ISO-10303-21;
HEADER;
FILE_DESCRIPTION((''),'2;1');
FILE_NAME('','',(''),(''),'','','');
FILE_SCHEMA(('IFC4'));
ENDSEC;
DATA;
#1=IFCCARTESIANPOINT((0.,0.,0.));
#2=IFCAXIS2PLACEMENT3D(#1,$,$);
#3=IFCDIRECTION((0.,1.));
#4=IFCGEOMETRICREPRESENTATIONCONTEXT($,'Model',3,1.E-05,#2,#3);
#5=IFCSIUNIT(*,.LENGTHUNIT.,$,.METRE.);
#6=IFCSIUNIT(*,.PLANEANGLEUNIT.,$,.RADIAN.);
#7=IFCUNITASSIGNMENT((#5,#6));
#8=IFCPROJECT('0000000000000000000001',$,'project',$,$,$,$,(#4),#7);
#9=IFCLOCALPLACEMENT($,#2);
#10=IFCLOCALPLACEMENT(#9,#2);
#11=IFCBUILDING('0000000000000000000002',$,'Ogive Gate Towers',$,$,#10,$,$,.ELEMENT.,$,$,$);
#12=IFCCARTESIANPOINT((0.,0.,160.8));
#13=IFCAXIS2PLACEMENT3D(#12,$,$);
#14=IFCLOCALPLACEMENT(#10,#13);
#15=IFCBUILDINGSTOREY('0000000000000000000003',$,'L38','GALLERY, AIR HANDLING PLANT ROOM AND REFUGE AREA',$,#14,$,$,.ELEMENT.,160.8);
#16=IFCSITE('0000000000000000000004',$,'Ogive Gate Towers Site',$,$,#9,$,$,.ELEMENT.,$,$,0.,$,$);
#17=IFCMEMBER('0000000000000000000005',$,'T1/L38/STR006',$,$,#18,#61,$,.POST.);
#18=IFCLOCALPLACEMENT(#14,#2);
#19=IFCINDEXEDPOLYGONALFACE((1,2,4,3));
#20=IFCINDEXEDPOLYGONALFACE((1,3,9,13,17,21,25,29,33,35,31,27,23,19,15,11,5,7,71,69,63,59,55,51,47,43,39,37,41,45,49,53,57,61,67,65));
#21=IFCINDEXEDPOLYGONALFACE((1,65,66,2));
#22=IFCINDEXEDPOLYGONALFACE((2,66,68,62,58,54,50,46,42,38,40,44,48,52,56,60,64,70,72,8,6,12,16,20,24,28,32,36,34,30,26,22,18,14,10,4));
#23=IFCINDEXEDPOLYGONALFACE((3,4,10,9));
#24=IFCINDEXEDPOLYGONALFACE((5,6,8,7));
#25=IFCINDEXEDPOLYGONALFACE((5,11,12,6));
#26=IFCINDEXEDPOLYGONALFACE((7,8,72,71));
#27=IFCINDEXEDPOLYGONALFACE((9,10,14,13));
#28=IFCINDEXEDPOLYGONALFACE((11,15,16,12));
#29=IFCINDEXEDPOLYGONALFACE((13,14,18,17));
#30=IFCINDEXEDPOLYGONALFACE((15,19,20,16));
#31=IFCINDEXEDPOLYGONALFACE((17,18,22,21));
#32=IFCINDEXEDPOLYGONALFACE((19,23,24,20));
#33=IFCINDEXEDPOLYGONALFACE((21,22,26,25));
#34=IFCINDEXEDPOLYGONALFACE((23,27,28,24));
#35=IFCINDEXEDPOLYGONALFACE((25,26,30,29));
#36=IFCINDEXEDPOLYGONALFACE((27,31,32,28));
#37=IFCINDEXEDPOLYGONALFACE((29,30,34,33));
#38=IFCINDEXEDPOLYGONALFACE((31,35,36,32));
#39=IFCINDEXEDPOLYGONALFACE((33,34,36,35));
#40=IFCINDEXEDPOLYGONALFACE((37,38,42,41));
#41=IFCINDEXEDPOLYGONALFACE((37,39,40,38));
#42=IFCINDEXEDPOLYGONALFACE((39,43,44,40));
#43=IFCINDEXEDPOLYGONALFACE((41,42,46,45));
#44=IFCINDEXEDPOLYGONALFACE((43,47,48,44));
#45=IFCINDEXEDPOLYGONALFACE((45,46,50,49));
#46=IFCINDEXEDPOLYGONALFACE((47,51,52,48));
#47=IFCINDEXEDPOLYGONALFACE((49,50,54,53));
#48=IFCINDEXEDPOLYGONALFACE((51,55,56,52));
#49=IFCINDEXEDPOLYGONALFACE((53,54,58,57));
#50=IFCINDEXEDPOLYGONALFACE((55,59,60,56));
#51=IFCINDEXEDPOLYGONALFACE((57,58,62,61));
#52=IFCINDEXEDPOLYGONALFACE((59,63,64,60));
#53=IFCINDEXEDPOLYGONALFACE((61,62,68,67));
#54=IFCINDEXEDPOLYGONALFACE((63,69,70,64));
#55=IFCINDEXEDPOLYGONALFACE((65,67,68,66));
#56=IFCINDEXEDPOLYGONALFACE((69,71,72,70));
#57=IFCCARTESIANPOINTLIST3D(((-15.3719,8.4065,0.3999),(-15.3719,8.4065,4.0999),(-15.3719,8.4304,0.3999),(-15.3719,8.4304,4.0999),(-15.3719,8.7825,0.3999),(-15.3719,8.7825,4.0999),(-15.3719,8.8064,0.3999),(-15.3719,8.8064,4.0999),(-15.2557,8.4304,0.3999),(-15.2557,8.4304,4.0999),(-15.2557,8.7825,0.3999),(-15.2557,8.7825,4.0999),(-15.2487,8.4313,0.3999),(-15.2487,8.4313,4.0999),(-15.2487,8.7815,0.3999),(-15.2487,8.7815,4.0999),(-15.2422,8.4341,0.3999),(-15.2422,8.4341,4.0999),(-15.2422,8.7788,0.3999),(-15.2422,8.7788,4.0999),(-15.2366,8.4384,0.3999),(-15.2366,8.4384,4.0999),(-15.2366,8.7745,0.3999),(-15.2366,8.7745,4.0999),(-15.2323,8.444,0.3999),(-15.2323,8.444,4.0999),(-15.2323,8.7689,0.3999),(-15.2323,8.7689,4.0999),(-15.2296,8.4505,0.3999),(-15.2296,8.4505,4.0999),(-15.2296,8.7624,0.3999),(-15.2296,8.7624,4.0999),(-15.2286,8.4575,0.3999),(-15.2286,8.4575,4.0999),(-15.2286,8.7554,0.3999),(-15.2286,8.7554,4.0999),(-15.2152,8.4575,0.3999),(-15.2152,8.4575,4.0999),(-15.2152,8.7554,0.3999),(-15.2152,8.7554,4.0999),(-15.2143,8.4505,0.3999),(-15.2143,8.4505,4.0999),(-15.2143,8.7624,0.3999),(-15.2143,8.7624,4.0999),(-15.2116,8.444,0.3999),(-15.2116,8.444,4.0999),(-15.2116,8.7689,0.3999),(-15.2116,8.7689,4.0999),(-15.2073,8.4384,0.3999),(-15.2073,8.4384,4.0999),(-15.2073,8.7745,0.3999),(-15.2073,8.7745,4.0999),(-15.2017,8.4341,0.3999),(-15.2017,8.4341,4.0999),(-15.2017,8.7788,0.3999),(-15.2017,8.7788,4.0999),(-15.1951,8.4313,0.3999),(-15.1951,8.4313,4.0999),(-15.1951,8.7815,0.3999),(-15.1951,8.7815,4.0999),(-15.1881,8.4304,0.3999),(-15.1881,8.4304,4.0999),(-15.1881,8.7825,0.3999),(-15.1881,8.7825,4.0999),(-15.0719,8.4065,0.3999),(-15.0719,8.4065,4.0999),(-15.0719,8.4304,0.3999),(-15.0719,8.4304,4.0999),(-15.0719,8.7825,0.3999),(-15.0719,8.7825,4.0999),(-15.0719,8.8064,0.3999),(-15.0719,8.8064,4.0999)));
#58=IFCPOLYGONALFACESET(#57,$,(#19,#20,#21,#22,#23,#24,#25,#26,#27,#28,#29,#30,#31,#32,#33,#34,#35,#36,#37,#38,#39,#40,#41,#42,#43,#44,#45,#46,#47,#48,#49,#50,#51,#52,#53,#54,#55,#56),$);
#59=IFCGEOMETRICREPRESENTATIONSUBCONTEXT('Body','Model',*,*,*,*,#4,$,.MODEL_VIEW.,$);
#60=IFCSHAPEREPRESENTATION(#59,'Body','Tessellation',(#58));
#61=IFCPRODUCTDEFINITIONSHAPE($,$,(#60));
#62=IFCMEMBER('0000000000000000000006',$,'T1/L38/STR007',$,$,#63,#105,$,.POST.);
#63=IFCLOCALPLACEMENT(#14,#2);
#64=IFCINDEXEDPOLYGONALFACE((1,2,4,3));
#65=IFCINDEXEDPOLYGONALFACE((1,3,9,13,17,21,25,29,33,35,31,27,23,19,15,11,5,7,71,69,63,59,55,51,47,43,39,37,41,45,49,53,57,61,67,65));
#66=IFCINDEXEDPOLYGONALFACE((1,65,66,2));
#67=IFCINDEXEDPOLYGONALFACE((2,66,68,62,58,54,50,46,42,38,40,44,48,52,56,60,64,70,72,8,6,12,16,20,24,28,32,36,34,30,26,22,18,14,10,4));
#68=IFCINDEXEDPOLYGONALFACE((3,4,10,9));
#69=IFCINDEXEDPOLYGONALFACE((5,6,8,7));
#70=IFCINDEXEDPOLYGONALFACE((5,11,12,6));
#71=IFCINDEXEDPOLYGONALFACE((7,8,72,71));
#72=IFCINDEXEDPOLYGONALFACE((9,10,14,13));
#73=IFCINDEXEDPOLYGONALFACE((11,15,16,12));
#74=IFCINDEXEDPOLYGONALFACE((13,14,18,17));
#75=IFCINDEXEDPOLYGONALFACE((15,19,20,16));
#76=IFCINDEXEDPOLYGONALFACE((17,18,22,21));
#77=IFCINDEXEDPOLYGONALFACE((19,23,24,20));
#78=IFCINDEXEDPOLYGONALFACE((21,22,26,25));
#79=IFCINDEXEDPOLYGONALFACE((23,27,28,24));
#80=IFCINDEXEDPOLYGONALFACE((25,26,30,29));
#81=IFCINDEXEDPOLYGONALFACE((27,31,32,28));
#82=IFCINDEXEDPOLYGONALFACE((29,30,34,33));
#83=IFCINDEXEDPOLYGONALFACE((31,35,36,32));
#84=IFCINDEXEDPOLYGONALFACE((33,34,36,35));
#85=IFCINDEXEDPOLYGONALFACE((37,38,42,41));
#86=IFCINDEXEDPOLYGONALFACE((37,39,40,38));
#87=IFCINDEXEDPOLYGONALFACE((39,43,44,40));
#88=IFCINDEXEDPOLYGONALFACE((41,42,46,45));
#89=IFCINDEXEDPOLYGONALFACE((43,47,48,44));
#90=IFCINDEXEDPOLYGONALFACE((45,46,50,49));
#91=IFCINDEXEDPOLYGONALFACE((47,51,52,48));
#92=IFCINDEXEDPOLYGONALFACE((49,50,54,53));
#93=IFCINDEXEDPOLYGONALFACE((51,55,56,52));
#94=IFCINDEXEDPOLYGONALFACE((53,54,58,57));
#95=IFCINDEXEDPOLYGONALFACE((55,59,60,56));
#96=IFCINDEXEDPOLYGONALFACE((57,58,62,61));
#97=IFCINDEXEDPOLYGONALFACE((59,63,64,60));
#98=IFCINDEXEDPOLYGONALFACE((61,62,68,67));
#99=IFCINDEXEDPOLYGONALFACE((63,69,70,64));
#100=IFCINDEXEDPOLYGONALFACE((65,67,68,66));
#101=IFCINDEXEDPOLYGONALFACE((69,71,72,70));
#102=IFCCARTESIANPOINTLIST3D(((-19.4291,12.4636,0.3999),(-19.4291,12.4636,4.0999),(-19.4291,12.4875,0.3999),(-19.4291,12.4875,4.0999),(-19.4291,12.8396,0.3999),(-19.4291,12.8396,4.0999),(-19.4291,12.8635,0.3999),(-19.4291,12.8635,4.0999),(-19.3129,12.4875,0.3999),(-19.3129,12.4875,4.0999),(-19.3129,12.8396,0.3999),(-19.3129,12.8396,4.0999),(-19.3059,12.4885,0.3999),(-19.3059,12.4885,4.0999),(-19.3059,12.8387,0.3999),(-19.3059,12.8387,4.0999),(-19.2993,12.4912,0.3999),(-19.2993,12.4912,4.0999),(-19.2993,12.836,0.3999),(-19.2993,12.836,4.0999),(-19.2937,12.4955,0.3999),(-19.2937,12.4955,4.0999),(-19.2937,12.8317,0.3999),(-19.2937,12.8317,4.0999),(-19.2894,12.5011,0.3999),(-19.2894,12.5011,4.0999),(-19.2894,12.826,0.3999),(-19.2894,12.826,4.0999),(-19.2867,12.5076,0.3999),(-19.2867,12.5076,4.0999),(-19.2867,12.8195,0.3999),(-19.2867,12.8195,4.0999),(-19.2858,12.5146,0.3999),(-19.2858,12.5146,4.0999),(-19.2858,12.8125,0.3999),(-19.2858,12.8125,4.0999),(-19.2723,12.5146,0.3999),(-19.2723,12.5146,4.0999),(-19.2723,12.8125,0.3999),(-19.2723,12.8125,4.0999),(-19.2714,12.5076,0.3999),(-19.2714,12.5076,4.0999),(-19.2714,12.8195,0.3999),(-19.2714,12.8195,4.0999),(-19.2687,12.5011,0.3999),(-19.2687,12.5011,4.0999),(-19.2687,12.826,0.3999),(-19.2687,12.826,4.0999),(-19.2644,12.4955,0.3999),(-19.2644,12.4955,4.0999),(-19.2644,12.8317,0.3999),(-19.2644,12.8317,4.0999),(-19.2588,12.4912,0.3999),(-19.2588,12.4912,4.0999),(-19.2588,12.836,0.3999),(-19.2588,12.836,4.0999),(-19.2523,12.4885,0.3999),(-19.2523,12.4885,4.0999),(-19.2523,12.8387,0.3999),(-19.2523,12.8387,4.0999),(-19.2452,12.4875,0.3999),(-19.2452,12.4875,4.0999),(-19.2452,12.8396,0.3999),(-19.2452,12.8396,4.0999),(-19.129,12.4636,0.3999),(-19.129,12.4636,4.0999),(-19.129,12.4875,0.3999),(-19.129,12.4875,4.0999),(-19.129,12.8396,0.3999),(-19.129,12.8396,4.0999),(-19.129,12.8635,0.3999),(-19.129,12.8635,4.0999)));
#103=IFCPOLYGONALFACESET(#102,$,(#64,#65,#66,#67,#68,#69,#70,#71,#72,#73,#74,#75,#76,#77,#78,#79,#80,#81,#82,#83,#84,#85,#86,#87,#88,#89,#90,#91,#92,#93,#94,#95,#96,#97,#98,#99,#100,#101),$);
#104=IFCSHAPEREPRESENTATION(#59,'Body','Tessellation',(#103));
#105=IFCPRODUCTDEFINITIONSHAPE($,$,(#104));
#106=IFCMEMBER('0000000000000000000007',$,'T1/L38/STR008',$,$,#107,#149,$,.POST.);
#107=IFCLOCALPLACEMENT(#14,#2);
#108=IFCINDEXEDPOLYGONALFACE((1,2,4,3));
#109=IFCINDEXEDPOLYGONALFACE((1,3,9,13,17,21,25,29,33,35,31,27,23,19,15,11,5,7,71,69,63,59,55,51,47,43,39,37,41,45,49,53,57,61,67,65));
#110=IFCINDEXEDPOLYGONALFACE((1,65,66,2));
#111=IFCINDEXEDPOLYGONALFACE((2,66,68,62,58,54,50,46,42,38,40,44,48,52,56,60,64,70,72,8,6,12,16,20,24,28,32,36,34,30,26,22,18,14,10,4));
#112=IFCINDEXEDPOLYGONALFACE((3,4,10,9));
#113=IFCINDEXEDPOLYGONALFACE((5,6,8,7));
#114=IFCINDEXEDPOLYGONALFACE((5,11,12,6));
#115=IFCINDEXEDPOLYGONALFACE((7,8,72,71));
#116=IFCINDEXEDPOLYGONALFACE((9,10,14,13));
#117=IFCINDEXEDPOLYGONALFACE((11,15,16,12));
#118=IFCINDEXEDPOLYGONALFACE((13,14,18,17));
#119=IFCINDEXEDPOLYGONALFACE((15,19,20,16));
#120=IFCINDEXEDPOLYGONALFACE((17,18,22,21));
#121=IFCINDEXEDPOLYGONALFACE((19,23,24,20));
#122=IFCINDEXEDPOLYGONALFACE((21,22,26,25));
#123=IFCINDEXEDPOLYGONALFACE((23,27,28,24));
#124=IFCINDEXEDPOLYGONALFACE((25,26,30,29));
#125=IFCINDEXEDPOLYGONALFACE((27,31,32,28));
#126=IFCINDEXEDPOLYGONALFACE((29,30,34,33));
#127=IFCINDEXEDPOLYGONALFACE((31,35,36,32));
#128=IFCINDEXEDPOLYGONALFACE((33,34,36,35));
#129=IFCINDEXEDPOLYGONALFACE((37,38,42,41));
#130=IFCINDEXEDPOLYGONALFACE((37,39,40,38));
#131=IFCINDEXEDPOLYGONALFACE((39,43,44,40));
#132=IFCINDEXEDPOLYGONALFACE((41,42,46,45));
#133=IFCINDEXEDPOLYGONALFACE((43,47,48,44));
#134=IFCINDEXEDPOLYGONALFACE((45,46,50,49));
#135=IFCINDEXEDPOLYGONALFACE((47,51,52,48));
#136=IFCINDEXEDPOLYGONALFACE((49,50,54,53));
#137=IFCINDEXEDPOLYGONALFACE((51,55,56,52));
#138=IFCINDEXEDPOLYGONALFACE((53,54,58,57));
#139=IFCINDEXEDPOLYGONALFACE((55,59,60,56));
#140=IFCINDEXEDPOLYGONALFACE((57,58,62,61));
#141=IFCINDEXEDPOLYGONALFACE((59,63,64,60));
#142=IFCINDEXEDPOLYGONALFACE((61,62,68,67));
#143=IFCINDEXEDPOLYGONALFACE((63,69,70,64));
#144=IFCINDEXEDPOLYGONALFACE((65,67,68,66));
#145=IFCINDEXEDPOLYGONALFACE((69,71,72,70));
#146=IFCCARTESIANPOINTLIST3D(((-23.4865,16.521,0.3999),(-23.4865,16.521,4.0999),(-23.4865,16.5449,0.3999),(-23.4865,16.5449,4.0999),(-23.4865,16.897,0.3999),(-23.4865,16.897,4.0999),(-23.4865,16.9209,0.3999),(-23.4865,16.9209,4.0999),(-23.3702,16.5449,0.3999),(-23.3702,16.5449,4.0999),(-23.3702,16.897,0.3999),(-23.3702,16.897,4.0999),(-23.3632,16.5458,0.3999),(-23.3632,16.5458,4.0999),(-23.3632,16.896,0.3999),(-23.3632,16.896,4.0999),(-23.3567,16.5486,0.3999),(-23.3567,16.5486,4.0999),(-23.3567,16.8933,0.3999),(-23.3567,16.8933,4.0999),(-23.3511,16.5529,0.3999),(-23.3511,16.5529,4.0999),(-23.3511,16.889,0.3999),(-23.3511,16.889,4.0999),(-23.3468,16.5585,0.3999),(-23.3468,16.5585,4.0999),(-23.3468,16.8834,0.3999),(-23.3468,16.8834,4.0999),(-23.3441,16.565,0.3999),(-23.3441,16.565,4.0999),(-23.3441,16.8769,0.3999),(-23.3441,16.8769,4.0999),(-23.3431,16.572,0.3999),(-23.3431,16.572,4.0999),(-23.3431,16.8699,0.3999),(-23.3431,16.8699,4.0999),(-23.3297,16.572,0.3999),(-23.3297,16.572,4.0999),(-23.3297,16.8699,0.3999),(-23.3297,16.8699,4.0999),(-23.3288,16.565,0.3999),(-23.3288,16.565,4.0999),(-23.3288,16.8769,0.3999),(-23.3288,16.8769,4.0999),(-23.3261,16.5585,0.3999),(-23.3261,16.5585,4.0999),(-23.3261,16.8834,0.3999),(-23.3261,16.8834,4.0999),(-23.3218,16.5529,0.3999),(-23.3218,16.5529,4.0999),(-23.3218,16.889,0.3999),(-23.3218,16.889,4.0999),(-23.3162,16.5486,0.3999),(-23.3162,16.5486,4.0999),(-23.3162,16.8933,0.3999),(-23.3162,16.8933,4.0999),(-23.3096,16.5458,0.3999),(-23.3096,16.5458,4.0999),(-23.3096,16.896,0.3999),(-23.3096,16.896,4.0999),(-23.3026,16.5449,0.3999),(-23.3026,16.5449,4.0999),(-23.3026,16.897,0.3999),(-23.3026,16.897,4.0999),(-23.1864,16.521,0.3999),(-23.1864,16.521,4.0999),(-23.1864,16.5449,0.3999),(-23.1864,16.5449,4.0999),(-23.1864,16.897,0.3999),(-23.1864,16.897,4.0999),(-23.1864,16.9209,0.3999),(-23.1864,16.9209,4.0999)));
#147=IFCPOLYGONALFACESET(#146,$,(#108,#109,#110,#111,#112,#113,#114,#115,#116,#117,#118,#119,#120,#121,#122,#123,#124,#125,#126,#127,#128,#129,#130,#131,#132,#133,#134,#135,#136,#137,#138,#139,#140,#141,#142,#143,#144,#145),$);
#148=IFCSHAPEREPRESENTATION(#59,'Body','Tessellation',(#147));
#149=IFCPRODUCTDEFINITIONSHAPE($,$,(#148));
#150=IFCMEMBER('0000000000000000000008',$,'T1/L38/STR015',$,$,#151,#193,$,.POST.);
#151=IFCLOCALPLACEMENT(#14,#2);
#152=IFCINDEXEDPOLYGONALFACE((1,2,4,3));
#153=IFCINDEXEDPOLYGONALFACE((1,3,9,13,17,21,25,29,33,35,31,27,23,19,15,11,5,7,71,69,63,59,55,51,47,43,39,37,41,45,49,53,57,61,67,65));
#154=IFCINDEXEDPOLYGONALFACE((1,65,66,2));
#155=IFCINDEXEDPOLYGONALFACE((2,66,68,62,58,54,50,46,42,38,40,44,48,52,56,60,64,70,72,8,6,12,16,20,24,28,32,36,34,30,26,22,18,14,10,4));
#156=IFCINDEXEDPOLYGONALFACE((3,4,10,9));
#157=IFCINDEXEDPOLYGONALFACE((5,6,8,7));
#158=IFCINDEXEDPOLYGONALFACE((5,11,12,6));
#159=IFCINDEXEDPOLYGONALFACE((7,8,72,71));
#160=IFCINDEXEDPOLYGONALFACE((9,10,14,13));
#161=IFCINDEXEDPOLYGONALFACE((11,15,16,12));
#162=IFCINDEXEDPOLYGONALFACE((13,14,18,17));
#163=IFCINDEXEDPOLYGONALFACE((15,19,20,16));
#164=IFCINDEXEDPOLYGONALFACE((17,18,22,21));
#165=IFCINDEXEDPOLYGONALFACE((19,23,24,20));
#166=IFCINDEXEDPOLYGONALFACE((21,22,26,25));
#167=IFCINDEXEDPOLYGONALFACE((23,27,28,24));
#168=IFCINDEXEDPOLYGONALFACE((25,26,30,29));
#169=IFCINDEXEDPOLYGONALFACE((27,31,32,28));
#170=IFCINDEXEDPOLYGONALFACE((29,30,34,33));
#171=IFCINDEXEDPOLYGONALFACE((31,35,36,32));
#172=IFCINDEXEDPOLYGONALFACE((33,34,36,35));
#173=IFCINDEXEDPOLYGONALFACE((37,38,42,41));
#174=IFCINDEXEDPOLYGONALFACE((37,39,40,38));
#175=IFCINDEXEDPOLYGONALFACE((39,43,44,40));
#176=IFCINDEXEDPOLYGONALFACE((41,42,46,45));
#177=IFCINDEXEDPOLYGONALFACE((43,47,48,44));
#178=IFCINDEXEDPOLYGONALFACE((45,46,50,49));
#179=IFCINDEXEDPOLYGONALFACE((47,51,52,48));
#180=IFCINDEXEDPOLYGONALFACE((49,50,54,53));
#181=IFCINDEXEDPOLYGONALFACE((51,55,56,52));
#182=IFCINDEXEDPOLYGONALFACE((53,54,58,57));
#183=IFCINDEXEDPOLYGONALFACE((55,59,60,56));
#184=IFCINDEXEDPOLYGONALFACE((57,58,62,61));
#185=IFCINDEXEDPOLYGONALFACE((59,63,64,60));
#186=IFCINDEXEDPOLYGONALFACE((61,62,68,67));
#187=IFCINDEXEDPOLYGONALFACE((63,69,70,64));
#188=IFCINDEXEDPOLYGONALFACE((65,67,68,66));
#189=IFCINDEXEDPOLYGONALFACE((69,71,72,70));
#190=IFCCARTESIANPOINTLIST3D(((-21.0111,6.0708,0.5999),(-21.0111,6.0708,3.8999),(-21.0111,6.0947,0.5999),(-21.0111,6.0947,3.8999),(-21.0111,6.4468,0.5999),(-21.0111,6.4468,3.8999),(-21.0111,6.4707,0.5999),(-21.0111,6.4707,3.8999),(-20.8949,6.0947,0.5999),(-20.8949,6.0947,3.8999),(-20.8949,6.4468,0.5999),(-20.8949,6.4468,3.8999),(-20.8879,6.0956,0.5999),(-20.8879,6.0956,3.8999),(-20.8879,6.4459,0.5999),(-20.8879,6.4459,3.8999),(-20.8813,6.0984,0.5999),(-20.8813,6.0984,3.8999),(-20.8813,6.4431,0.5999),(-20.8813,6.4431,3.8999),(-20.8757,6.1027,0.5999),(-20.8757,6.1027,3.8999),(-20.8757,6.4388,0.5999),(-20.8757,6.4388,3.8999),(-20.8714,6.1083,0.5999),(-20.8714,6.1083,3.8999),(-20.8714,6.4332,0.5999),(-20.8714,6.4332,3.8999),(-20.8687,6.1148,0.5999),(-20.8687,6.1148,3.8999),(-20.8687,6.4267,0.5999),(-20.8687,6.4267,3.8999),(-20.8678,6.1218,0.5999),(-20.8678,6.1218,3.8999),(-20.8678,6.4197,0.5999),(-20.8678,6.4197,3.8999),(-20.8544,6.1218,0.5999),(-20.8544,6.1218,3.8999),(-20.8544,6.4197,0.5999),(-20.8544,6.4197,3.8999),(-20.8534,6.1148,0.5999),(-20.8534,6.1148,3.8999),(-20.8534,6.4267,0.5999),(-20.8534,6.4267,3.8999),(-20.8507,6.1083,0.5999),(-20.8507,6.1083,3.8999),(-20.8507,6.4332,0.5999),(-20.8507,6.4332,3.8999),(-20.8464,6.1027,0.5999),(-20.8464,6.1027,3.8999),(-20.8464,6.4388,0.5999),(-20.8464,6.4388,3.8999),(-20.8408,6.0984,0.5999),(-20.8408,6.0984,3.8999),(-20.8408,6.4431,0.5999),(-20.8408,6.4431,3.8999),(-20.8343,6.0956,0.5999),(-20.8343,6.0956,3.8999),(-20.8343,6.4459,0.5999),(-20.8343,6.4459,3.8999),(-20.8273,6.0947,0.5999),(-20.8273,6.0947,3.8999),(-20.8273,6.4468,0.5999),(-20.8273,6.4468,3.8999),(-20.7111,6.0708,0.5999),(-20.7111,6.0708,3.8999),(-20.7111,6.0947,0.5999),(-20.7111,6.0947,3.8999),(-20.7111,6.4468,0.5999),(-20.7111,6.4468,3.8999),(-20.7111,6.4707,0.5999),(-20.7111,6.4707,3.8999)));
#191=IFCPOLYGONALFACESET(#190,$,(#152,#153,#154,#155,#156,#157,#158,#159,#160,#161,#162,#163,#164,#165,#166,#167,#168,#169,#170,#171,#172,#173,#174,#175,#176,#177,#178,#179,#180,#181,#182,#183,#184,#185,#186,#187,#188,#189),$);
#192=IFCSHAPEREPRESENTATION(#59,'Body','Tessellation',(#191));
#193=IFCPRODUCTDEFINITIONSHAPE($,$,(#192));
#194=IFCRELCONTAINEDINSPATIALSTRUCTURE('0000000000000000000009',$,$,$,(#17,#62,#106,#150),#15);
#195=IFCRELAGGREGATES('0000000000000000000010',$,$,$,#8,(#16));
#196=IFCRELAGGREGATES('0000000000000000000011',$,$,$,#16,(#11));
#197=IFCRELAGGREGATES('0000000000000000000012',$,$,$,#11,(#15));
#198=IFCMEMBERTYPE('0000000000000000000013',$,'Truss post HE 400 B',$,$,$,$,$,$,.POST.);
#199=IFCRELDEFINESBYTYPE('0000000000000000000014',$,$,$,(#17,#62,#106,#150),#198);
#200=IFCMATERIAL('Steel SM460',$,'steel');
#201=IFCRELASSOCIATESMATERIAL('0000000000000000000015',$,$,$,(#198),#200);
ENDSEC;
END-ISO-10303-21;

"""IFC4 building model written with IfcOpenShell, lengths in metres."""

from ifc_helpers import new_model, si_unit, direction, frame, origin, origin_2d, place, context, subcontext, project, spatial, i_section, extrude, material, material_profile, profile_set, type_object, element, save


model = new_model("IFC4")

# Units and contexts
model_context = context("Model", 3, precision=1e-05, world=origin(), true_north=direction((0.0, 1.0)))
body_context = subcontext(model_context, "Body", "Model", "MODEL_VIEW")
ifc_project = project(units=[si_unit("LENGTHUNIT", "METRE"), si_unit("PLANEANGLEUNIT", "RADIAN")], contexts=[model_context])

# Site, building, storey
site_placement = place(None, origin())
site = spatial("IfcSite", under=ifc_project, at=site_placement, Name="Ogive Gate Towers Site", CompositionType="ELEMENT", RefElevation=0.0)
building_placement = place(site_placement, origin())
building = spatial("IfcBuilding", under=site, at=building_placement, Name="Ogive Gate Towers", CompositionType="ELEMENT")
storey_placement = place(building_placement, frame((0.0, 0.0, 160.8)))
storey = spatial("IfcBuildingStorey", under=building, at=storey_placement, Name="L38", Description="GALLERY, AIR HANDLING PLANT ROOM AND REFUGE AREA", CompositionType="ELEMENT", Elevation=160.8)

# Shared definitions
ifc_material_1 = material(Name="Steel SM460", Category="steel")

# Members
ifc_material_profile_1 = material_profile(ifc_material_1, i_section(OverallWidth=0.3, OverallDepth=0.3999, WebThickness=0.0134, FlangeThickness=0.0239, FilletRadius=0.0271, at=origin_2d()), Name="HE 400 B")
ifc_profile_set_1 = profile_set([ifc_material_profile_1], Name="Steel SM460")
member_type_1 = type_object("IfcMemberType", Name="Truss post HE 400 B", PredefinedType="POST", material=ifc_profile_set_1)
for number, where, z_axis, x_axis, name in (
    (1, (-15.2219, 8.6064, 0.3999), (0.0, 0.0, 1.0), (1.0, 0.0, 0.0), "T1/L38/STR006"),
    (2, (-19.2791, 12.6636, 0.3999), (0.0, 0.0, 1.0), (1.0, 0.0, 0.0), "T1/L38/STR007"),
    (3, (-23.3364, 16.7209, 0.3999), (0.0, 0.0, 1.0), (1.0, 0.0, 0.0), "T1/L38/STR008"),
):
    element("IfcMember", number, at=place(storey_placement, frame(where, z_axis=z_axis, x_axis=x_axis)), inside=storey, type_object=member_type_1, Name=name, PredefinedType="POST", context=body_context, shape_type="SweptSolid", body=[
        extrude(i_section(OverallWidth=0.3, OverallDepth=0.3999, WebThickness=0.0134, FlangeThickness=0.0239, FilletRadius=0.0271, at=origin_2d()), origin(), (0.0, 0.0, 1.0), 3.7),
    ])
member_1_placement = place(storey_placement, frame((-20.8611, 6.2708, 0.5999), z_axis=(0.0, 0.0, 1.0), x_axis=(1.0, 0.0, 0.0)))
element("IfcMember", 4, at=member_1_placement, inside=storey, type_object=member_type_1, Name="T1/L38/STR015", PredefinedType="POST", context=body_context, shape_type="SweptSolid", body=[
    extrude(i_section(OverallWidth=0.3, OverallDepth=0.3999, WebThickness=0.0134, FlangeThickness=0.0239, FilletRadius=0.0271, at=origin_2d()), origin(), (0.0, 0.0, 1.0), 3.3),
])

save(model, "model.ifc")
